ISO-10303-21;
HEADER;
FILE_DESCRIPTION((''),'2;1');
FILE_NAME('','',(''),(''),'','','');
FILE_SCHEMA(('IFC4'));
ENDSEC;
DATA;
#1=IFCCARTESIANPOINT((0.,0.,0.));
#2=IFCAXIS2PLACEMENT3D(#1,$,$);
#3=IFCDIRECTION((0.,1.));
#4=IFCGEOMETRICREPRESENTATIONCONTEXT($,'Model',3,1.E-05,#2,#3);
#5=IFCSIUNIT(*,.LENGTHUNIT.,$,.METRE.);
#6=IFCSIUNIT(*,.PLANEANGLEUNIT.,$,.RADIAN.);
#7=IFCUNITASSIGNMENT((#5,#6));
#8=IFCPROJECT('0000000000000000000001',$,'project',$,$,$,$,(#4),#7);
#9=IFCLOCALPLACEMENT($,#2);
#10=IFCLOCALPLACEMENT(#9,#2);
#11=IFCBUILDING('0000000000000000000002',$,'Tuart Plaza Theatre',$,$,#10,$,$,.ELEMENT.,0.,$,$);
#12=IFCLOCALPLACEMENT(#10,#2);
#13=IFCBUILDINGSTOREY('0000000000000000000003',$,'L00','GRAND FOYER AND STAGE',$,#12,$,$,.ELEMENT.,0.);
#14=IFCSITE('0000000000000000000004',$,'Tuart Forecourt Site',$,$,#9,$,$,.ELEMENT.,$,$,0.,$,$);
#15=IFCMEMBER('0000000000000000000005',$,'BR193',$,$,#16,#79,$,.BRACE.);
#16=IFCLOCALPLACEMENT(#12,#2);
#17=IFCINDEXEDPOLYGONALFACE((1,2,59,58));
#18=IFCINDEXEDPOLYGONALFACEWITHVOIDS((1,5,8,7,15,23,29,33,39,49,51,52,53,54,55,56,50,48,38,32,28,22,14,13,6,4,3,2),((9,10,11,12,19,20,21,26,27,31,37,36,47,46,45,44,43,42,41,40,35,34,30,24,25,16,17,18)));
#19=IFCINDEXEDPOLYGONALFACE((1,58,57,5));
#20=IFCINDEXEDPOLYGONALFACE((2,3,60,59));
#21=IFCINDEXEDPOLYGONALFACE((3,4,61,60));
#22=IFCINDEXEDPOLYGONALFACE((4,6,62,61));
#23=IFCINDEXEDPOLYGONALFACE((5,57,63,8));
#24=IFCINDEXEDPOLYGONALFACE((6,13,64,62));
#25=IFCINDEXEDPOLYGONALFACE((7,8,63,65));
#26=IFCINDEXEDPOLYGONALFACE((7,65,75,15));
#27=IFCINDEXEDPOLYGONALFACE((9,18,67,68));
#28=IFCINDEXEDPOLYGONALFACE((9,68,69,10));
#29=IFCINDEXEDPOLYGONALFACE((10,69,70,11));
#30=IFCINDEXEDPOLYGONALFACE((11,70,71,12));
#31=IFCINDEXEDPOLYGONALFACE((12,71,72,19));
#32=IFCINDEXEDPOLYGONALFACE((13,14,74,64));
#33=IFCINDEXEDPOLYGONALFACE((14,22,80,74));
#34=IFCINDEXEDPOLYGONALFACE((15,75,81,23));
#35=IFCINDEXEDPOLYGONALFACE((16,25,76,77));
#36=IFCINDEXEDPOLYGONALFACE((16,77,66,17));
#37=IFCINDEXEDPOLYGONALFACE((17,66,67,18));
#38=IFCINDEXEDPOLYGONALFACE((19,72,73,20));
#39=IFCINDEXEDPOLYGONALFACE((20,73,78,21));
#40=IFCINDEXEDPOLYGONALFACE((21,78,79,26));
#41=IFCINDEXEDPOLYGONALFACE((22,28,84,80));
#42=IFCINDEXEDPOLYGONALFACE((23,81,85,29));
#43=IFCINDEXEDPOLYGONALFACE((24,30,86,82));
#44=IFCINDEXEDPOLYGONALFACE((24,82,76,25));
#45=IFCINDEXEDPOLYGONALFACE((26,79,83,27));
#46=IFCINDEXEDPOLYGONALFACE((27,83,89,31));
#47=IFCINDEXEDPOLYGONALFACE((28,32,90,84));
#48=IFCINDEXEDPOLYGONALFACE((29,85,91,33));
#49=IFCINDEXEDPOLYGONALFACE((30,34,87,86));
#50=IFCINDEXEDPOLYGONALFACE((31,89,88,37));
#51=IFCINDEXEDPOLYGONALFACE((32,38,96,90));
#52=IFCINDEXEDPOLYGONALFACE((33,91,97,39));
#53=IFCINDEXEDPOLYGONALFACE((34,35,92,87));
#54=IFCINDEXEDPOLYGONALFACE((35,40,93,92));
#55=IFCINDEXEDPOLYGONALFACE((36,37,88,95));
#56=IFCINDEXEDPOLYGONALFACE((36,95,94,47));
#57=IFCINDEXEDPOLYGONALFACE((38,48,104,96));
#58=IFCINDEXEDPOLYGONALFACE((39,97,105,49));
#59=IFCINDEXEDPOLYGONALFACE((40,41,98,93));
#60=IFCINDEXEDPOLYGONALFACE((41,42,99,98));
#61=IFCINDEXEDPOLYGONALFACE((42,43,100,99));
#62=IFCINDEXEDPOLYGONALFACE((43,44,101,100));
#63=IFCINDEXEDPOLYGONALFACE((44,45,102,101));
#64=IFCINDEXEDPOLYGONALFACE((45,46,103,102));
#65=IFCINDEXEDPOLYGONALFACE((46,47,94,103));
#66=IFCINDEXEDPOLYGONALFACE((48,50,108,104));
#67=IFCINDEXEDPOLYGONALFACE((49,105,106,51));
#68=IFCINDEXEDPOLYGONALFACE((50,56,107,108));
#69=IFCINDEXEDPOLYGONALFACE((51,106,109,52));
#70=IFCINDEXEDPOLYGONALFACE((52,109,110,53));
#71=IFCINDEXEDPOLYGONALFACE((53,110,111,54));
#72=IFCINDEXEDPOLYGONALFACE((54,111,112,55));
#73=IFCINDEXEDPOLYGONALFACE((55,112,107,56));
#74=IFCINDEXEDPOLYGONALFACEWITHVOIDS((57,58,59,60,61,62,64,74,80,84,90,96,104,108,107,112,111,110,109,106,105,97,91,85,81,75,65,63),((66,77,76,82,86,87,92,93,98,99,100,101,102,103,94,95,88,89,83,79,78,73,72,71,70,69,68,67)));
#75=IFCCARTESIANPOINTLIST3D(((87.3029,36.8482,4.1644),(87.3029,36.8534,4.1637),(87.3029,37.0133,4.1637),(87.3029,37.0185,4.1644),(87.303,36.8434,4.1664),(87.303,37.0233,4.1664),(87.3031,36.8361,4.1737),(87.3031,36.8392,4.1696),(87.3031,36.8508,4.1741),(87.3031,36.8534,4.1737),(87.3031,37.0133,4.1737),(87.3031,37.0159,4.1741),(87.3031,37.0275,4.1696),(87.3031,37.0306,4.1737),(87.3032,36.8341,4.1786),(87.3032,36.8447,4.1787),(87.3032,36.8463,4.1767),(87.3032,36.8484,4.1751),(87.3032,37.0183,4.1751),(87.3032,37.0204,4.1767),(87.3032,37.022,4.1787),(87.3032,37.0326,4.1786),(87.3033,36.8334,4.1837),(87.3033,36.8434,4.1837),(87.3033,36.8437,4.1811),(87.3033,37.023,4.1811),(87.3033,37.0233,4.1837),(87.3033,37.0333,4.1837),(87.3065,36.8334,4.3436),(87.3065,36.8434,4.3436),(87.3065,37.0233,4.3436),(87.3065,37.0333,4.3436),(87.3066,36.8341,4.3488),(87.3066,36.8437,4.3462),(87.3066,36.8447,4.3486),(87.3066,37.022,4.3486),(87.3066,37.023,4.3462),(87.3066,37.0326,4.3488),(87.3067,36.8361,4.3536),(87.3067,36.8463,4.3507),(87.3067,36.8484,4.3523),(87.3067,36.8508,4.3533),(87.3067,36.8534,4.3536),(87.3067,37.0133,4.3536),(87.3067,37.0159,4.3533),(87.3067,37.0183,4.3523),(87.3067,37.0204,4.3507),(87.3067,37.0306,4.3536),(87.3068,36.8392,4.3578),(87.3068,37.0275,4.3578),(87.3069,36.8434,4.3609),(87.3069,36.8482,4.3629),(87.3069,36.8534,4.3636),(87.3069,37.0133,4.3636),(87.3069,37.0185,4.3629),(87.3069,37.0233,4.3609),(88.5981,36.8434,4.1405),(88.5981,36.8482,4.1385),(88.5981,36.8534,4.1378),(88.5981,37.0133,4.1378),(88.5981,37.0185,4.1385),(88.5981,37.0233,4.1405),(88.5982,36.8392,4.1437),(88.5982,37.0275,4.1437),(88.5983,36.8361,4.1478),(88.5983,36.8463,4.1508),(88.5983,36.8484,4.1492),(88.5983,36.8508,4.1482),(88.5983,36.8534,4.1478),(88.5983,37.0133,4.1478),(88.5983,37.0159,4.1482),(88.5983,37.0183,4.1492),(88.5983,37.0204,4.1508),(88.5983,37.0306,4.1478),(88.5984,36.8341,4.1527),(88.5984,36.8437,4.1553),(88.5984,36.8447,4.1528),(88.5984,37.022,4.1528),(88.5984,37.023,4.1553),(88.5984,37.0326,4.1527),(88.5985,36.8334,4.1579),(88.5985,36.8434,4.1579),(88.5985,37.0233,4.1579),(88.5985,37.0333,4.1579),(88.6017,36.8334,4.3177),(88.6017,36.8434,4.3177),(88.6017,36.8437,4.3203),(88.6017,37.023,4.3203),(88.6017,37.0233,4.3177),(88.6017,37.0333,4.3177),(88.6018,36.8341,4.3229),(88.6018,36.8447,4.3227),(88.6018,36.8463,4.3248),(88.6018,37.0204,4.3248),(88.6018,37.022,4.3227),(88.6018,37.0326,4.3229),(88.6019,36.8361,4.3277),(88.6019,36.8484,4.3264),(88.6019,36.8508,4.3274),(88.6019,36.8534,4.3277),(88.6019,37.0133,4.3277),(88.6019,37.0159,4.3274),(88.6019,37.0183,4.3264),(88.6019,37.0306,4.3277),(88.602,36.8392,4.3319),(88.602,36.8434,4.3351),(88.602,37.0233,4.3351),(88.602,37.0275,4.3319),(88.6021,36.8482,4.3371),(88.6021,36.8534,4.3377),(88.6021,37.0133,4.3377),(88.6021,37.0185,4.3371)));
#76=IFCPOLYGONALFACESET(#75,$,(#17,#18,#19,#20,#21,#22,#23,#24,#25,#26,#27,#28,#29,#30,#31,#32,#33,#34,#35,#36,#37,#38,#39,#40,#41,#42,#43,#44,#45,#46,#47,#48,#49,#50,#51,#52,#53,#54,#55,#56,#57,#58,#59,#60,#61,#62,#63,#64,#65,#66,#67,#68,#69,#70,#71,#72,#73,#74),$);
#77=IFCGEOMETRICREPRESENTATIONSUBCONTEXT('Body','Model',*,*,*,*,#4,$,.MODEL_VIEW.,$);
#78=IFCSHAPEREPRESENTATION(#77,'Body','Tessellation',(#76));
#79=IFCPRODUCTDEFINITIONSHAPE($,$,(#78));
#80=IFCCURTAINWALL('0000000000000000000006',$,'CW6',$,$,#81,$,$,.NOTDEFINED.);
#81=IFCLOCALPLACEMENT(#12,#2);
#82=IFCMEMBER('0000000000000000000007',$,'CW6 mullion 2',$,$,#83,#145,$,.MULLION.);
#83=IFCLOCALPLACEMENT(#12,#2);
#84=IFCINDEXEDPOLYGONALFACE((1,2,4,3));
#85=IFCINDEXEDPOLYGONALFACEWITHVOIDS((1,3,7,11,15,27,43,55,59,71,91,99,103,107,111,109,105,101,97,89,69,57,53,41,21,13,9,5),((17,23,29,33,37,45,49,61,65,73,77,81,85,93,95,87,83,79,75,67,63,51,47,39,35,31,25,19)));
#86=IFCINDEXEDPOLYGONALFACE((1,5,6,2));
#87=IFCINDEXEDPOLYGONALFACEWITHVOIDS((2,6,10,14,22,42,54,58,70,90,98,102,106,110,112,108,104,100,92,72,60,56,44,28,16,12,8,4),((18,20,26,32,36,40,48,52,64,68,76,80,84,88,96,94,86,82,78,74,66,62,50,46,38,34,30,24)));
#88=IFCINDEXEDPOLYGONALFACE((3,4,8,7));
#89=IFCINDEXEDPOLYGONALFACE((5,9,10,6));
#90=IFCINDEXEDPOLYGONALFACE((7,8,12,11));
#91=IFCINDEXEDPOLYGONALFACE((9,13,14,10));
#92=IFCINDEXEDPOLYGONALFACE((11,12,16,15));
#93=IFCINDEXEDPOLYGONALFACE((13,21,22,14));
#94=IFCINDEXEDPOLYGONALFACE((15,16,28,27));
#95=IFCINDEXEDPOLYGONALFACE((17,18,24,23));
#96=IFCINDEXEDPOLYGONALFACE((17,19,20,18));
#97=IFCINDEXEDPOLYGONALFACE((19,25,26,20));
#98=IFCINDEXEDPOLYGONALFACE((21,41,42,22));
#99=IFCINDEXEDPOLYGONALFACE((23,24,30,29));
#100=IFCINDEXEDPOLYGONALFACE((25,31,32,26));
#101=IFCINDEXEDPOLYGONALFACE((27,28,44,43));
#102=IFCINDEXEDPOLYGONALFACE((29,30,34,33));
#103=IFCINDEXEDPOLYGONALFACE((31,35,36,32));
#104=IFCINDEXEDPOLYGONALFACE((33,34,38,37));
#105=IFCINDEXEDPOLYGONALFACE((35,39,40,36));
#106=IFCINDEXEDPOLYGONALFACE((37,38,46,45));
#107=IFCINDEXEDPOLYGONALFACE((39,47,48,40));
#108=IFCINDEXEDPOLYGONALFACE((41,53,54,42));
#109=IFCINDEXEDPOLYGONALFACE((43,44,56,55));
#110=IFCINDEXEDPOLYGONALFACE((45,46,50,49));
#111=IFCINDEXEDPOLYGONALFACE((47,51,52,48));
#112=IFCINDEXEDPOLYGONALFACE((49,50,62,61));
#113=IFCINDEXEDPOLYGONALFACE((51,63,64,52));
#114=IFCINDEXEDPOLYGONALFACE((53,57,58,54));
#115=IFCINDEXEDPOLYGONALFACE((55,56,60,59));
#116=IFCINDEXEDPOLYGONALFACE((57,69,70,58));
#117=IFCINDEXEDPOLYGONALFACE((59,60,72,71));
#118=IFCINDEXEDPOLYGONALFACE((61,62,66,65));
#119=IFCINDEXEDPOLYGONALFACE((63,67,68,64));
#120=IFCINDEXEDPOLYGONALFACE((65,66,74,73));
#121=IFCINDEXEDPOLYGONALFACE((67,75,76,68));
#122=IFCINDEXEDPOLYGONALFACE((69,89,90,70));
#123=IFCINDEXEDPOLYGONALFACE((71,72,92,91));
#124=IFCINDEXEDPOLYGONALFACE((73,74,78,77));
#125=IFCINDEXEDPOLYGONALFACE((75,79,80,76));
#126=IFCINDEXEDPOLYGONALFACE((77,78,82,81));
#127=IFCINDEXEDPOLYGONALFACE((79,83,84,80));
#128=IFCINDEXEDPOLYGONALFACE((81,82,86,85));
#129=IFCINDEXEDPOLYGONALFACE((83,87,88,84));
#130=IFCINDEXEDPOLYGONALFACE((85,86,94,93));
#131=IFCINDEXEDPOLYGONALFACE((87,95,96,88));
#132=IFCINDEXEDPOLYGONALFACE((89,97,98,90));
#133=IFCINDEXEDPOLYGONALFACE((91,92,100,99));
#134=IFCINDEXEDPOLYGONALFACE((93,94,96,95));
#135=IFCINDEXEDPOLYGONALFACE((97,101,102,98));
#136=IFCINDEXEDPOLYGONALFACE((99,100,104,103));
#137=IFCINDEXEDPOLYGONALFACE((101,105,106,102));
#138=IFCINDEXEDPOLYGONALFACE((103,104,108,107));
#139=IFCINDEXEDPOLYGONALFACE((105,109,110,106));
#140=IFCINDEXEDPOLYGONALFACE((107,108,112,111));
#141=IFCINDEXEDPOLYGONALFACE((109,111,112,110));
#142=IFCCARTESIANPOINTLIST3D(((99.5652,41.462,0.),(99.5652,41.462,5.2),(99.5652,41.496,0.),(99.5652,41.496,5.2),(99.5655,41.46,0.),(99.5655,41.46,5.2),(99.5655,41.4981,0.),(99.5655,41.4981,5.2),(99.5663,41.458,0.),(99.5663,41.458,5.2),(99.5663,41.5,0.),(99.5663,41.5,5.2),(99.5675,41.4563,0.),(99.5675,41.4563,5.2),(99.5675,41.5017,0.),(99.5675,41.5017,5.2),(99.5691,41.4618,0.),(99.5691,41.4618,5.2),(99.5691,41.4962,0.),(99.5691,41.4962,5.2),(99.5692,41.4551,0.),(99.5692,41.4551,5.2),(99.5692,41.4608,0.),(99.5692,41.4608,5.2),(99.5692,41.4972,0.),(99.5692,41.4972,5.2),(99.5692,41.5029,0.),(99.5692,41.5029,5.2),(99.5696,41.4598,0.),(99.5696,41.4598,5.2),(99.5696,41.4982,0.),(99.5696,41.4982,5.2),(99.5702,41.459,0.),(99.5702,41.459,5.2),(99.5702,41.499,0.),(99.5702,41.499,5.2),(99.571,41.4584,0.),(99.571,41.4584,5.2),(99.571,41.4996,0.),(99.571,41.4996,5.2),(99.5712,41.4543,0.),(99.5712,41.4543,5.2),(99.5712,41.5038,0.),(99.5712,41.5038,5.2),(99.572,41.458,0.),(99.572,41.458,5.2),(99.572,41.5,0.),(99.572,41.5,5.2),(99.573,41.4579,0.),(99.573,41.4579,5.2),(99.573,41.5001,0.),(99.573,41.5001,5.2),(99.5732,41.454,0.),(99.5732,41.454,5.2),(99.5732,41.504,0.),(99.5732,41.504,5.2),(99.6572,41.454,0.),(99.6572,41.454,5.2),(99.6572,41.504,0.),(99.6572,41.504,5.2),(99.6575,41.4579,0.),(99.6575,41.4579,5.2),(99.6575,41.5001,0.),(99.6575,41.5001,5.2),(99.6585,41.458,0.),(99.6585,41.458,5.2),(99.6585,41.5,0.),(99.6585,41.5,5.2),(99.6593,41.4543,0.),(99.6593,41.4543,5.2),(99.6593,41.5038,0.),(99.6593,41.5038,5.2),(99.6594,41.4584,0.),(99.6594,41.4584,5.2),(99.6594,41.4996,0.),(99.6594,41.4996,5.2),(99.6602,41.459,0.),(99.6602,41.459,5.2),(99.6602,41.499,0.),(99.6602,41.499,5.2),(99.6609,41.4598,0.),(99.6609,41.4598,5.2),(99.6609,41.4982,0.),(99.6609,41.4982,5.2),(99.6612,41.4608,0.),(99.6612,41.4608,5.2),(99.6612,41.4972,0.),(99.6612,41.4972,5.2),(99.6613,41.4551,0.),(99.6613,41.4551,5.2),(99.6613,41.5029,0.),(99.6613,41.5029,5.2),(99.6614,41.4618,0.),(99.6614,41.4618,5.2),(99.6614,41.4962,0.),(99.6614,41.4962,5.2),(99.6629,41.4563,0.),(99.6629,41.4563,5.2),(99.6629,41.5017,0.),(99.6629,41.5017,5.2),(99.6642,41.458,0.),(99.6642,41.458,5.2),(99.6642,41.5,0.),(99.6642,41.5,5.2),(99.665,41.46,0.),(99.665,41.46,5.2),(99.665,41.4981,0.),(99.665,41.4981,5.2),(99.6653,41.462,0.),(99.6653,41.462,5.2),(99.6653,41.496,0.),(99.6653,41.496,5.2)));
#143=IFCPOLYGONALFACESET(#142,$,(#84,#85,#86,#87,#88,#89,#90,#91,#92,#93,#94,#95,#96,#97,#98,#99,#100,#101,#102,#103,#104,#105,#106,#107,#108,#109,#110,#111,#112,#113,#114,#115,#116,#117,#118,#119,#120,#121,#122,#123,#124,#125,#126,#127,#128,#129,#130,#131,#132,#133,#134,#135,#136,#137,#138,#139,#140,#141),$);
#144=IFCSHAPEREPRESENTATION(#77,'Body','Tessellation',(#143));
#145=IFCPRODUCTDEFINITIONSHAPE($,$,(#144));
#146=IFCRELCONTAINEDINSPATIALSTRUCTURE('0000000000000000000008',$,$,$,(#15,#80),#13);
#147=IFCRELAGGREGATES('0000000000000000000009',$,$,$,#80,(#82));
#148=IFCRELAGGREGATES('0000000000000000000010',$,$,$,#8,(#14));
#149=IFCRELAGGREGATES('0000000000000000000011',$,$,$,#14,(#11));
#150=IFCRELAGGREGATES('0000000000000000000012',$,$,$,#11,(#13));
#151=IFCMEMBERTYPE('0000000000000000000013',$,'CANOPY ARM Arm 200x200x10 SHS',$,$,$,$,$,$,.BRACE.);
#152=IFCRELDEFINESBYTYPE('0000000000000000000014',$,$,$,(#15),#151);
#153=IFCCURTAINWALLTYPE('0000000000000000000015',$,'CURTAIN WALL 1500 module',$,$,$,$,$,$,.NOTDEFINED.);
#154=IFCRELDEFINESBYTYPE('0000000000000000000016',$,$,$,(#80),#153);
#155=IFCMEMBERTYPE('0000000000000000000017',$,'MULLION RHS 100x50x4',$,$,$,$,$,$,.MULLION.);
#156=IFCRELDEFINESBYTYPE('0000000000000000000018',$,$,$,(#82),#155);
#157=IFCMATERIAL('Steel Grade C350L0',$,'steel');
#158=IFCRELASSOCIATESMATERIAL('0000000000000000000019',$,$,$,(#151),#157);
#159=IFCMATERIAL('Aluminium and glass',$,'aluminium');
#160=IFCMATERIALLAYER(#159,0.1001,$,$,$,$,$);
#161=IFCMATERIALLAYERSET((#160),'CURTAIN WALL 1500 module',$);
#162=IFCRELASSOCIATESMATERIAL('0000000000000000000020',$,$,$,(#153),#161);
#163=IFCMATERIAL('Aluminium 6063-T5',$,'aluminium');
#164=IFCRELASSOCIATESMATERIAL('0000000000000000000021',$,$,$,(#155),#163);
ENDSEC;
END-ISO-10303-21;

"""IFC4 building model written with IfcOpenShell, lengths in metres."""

from ifc_helpers import new_model, si_unit, direction, frame, origin, origin_2d, place, context, subcontext, project, spatial, hollow_rectangle, extrude, material, layer, layer_set, material_profile, profile_set, type_object, element, aggregate, save


model = new_model("IFC4")

# Units and contexts
model_context = context("Model", 3, precision=1e-05, world=origin(), true_north=direction((0.0, 1.0)))
body_context = subcontext(model_context, "Body", "Model", "MODEL_VIEW")
ifc_project = project(units=[si_unit("LENGTHUNIT", "METRE"), si_unit("PLANEANGLEUNIT", "RADIAN")], contexts=[model_context])

# Site, building, storey
site_placement = place(None, origin())
site = spatial("IfcSite", under=ifc_project, at=site_placement, Name="Tuart Forecourt Site", CompositionType="ELEMENT", RefElevation=0.0)
building_placement = place(site_placement, origin())
building = spatial("IfcBuilding", under=site, at=building_placement, Name="Tuart Plaza Theatre", CompositionType="ELEMENT", ElevationOfRefHeight=0.0)
storey_placement = place(building_placement, origin())
storey = spatial("IfcBuildingStorey", under=building, at=storey_placement, Name="L00", Description="GRAND FOYER AND STAGE", CompositionType="ELEMENT", Elevation=0.0)

# Member
ifc_material_1 = material(Name="Steel Grade C350L0", Category="steel")
ifc_material_profile_1 = material_profile(ifc_material_1, hollow_rectangle(XDim=0.2, YDim=0.2, WallThickness=0.01, InnerFilletRadius=0.01, OuterFilletRadius=0.02, at=origin_2d()), Name="200x200x10 SHS")
ifc_profile_set_1 = profile_set([ifc_material_profile_1], Name="Steel Grade C350L0")
member_type_1 = type_object("IfcMemberType", Name="CANOPY ARM Arm 200x200x10 SHS", PredefinedType="BRACE", material=ifc_profile_set_1)
member_1_placement = place(storey_placement, frame((87.3049, 36.9333, 4.2637), z_axis=(0.9998, 0.0, -0.019977), x_axis=(0.0, 1.0, 0.0)))
element("IfcMember", 1, at=member_1_placement, inside=storey, type_object=member_type_1, Name="BR193", PredefinedType="BRACE", context=body_context, shape_type="SweptSolid", body=[
    extrude(hollow_rectangle(XDim=0.2, YDim=0.2, WallThickness=0.01, InnerFilletRadius=0.01, OuterFilletRadius=0.02, at=origin_2d()), origin(), (0.0, 0.0, 1.0), 1.2954),
])

# Curtain wall, member
ifc_material_2 = material(Name="Aluminium and glass", Category="aluminium")
ifc_layer_1 = layer(ifc_material_2, 0.1001)
ifc_layer_set_1 = layer_set([ifc_layer_1], Name="CURTAIN WALL 1500 module")
curtain_wall_type = type_object("IfcCurtainWallType", Name="CURTAIN WALL 1500 module", PredefinedType="NOTDEFINED", material=ifc_layer_set_1)
curtain_wall_placement = place(storey_placement, origin())
curtain_wall = element("IfcCurtainWall", 2, at=curtain_wall_placement, inside=storey, type_object=curtain_wall_type, Name="CW6", PredefinedType="NOTDEFINED")
ifc_material_3 = material(Name="Aluminium 6063-T5", Category="aluminium")
ifc_material_profile_2 = material_profile(ifc_material_3, hollow_rectangle(XDim=0.05, YDim=0.1001, WallThickness=0.0039, InnerFilletRadius=0.0039, OuterFilletRadius=0.0081, at=origin_2d()), Name="RHS 100x50x4")
ifc_profile_set_2 = profile_set([ifc_material_profile_2], Name="Aluminium 6063-T5")
member_type_2 = type_object("IfcMemberType", Name="MULLION RHS 100x50x4", PredefinedType="MULLION", material=ifc_profile_set_2)
member_2_placement = place(storey_placement, frame((99.6152, 41.479, 0.0), z_axis=(0.0, 0.0, 1.0), x_axis=(0.0, 1.0, 0.0)))
member_2 = element("IfcMember", 3, at=member_2_placement, type_object=member_type_2, Name="CW6 mullion 2", PredefinedType="MULLION", context=body_context, shape_type="SweptSolid", body=[
    extrude(hollow_rectangle(XDim=0.05, YDim=0.1001, WallThickness=0.0039, InnerFilletRadius=0.0039, OuterFilletRadius=0.0081, at=origin_2d()), origin(), (0.0, 0.0, 1.0), 5.2),
])
aggregate(curtain_wall, [member_2])

save(model, "model.ifc")
